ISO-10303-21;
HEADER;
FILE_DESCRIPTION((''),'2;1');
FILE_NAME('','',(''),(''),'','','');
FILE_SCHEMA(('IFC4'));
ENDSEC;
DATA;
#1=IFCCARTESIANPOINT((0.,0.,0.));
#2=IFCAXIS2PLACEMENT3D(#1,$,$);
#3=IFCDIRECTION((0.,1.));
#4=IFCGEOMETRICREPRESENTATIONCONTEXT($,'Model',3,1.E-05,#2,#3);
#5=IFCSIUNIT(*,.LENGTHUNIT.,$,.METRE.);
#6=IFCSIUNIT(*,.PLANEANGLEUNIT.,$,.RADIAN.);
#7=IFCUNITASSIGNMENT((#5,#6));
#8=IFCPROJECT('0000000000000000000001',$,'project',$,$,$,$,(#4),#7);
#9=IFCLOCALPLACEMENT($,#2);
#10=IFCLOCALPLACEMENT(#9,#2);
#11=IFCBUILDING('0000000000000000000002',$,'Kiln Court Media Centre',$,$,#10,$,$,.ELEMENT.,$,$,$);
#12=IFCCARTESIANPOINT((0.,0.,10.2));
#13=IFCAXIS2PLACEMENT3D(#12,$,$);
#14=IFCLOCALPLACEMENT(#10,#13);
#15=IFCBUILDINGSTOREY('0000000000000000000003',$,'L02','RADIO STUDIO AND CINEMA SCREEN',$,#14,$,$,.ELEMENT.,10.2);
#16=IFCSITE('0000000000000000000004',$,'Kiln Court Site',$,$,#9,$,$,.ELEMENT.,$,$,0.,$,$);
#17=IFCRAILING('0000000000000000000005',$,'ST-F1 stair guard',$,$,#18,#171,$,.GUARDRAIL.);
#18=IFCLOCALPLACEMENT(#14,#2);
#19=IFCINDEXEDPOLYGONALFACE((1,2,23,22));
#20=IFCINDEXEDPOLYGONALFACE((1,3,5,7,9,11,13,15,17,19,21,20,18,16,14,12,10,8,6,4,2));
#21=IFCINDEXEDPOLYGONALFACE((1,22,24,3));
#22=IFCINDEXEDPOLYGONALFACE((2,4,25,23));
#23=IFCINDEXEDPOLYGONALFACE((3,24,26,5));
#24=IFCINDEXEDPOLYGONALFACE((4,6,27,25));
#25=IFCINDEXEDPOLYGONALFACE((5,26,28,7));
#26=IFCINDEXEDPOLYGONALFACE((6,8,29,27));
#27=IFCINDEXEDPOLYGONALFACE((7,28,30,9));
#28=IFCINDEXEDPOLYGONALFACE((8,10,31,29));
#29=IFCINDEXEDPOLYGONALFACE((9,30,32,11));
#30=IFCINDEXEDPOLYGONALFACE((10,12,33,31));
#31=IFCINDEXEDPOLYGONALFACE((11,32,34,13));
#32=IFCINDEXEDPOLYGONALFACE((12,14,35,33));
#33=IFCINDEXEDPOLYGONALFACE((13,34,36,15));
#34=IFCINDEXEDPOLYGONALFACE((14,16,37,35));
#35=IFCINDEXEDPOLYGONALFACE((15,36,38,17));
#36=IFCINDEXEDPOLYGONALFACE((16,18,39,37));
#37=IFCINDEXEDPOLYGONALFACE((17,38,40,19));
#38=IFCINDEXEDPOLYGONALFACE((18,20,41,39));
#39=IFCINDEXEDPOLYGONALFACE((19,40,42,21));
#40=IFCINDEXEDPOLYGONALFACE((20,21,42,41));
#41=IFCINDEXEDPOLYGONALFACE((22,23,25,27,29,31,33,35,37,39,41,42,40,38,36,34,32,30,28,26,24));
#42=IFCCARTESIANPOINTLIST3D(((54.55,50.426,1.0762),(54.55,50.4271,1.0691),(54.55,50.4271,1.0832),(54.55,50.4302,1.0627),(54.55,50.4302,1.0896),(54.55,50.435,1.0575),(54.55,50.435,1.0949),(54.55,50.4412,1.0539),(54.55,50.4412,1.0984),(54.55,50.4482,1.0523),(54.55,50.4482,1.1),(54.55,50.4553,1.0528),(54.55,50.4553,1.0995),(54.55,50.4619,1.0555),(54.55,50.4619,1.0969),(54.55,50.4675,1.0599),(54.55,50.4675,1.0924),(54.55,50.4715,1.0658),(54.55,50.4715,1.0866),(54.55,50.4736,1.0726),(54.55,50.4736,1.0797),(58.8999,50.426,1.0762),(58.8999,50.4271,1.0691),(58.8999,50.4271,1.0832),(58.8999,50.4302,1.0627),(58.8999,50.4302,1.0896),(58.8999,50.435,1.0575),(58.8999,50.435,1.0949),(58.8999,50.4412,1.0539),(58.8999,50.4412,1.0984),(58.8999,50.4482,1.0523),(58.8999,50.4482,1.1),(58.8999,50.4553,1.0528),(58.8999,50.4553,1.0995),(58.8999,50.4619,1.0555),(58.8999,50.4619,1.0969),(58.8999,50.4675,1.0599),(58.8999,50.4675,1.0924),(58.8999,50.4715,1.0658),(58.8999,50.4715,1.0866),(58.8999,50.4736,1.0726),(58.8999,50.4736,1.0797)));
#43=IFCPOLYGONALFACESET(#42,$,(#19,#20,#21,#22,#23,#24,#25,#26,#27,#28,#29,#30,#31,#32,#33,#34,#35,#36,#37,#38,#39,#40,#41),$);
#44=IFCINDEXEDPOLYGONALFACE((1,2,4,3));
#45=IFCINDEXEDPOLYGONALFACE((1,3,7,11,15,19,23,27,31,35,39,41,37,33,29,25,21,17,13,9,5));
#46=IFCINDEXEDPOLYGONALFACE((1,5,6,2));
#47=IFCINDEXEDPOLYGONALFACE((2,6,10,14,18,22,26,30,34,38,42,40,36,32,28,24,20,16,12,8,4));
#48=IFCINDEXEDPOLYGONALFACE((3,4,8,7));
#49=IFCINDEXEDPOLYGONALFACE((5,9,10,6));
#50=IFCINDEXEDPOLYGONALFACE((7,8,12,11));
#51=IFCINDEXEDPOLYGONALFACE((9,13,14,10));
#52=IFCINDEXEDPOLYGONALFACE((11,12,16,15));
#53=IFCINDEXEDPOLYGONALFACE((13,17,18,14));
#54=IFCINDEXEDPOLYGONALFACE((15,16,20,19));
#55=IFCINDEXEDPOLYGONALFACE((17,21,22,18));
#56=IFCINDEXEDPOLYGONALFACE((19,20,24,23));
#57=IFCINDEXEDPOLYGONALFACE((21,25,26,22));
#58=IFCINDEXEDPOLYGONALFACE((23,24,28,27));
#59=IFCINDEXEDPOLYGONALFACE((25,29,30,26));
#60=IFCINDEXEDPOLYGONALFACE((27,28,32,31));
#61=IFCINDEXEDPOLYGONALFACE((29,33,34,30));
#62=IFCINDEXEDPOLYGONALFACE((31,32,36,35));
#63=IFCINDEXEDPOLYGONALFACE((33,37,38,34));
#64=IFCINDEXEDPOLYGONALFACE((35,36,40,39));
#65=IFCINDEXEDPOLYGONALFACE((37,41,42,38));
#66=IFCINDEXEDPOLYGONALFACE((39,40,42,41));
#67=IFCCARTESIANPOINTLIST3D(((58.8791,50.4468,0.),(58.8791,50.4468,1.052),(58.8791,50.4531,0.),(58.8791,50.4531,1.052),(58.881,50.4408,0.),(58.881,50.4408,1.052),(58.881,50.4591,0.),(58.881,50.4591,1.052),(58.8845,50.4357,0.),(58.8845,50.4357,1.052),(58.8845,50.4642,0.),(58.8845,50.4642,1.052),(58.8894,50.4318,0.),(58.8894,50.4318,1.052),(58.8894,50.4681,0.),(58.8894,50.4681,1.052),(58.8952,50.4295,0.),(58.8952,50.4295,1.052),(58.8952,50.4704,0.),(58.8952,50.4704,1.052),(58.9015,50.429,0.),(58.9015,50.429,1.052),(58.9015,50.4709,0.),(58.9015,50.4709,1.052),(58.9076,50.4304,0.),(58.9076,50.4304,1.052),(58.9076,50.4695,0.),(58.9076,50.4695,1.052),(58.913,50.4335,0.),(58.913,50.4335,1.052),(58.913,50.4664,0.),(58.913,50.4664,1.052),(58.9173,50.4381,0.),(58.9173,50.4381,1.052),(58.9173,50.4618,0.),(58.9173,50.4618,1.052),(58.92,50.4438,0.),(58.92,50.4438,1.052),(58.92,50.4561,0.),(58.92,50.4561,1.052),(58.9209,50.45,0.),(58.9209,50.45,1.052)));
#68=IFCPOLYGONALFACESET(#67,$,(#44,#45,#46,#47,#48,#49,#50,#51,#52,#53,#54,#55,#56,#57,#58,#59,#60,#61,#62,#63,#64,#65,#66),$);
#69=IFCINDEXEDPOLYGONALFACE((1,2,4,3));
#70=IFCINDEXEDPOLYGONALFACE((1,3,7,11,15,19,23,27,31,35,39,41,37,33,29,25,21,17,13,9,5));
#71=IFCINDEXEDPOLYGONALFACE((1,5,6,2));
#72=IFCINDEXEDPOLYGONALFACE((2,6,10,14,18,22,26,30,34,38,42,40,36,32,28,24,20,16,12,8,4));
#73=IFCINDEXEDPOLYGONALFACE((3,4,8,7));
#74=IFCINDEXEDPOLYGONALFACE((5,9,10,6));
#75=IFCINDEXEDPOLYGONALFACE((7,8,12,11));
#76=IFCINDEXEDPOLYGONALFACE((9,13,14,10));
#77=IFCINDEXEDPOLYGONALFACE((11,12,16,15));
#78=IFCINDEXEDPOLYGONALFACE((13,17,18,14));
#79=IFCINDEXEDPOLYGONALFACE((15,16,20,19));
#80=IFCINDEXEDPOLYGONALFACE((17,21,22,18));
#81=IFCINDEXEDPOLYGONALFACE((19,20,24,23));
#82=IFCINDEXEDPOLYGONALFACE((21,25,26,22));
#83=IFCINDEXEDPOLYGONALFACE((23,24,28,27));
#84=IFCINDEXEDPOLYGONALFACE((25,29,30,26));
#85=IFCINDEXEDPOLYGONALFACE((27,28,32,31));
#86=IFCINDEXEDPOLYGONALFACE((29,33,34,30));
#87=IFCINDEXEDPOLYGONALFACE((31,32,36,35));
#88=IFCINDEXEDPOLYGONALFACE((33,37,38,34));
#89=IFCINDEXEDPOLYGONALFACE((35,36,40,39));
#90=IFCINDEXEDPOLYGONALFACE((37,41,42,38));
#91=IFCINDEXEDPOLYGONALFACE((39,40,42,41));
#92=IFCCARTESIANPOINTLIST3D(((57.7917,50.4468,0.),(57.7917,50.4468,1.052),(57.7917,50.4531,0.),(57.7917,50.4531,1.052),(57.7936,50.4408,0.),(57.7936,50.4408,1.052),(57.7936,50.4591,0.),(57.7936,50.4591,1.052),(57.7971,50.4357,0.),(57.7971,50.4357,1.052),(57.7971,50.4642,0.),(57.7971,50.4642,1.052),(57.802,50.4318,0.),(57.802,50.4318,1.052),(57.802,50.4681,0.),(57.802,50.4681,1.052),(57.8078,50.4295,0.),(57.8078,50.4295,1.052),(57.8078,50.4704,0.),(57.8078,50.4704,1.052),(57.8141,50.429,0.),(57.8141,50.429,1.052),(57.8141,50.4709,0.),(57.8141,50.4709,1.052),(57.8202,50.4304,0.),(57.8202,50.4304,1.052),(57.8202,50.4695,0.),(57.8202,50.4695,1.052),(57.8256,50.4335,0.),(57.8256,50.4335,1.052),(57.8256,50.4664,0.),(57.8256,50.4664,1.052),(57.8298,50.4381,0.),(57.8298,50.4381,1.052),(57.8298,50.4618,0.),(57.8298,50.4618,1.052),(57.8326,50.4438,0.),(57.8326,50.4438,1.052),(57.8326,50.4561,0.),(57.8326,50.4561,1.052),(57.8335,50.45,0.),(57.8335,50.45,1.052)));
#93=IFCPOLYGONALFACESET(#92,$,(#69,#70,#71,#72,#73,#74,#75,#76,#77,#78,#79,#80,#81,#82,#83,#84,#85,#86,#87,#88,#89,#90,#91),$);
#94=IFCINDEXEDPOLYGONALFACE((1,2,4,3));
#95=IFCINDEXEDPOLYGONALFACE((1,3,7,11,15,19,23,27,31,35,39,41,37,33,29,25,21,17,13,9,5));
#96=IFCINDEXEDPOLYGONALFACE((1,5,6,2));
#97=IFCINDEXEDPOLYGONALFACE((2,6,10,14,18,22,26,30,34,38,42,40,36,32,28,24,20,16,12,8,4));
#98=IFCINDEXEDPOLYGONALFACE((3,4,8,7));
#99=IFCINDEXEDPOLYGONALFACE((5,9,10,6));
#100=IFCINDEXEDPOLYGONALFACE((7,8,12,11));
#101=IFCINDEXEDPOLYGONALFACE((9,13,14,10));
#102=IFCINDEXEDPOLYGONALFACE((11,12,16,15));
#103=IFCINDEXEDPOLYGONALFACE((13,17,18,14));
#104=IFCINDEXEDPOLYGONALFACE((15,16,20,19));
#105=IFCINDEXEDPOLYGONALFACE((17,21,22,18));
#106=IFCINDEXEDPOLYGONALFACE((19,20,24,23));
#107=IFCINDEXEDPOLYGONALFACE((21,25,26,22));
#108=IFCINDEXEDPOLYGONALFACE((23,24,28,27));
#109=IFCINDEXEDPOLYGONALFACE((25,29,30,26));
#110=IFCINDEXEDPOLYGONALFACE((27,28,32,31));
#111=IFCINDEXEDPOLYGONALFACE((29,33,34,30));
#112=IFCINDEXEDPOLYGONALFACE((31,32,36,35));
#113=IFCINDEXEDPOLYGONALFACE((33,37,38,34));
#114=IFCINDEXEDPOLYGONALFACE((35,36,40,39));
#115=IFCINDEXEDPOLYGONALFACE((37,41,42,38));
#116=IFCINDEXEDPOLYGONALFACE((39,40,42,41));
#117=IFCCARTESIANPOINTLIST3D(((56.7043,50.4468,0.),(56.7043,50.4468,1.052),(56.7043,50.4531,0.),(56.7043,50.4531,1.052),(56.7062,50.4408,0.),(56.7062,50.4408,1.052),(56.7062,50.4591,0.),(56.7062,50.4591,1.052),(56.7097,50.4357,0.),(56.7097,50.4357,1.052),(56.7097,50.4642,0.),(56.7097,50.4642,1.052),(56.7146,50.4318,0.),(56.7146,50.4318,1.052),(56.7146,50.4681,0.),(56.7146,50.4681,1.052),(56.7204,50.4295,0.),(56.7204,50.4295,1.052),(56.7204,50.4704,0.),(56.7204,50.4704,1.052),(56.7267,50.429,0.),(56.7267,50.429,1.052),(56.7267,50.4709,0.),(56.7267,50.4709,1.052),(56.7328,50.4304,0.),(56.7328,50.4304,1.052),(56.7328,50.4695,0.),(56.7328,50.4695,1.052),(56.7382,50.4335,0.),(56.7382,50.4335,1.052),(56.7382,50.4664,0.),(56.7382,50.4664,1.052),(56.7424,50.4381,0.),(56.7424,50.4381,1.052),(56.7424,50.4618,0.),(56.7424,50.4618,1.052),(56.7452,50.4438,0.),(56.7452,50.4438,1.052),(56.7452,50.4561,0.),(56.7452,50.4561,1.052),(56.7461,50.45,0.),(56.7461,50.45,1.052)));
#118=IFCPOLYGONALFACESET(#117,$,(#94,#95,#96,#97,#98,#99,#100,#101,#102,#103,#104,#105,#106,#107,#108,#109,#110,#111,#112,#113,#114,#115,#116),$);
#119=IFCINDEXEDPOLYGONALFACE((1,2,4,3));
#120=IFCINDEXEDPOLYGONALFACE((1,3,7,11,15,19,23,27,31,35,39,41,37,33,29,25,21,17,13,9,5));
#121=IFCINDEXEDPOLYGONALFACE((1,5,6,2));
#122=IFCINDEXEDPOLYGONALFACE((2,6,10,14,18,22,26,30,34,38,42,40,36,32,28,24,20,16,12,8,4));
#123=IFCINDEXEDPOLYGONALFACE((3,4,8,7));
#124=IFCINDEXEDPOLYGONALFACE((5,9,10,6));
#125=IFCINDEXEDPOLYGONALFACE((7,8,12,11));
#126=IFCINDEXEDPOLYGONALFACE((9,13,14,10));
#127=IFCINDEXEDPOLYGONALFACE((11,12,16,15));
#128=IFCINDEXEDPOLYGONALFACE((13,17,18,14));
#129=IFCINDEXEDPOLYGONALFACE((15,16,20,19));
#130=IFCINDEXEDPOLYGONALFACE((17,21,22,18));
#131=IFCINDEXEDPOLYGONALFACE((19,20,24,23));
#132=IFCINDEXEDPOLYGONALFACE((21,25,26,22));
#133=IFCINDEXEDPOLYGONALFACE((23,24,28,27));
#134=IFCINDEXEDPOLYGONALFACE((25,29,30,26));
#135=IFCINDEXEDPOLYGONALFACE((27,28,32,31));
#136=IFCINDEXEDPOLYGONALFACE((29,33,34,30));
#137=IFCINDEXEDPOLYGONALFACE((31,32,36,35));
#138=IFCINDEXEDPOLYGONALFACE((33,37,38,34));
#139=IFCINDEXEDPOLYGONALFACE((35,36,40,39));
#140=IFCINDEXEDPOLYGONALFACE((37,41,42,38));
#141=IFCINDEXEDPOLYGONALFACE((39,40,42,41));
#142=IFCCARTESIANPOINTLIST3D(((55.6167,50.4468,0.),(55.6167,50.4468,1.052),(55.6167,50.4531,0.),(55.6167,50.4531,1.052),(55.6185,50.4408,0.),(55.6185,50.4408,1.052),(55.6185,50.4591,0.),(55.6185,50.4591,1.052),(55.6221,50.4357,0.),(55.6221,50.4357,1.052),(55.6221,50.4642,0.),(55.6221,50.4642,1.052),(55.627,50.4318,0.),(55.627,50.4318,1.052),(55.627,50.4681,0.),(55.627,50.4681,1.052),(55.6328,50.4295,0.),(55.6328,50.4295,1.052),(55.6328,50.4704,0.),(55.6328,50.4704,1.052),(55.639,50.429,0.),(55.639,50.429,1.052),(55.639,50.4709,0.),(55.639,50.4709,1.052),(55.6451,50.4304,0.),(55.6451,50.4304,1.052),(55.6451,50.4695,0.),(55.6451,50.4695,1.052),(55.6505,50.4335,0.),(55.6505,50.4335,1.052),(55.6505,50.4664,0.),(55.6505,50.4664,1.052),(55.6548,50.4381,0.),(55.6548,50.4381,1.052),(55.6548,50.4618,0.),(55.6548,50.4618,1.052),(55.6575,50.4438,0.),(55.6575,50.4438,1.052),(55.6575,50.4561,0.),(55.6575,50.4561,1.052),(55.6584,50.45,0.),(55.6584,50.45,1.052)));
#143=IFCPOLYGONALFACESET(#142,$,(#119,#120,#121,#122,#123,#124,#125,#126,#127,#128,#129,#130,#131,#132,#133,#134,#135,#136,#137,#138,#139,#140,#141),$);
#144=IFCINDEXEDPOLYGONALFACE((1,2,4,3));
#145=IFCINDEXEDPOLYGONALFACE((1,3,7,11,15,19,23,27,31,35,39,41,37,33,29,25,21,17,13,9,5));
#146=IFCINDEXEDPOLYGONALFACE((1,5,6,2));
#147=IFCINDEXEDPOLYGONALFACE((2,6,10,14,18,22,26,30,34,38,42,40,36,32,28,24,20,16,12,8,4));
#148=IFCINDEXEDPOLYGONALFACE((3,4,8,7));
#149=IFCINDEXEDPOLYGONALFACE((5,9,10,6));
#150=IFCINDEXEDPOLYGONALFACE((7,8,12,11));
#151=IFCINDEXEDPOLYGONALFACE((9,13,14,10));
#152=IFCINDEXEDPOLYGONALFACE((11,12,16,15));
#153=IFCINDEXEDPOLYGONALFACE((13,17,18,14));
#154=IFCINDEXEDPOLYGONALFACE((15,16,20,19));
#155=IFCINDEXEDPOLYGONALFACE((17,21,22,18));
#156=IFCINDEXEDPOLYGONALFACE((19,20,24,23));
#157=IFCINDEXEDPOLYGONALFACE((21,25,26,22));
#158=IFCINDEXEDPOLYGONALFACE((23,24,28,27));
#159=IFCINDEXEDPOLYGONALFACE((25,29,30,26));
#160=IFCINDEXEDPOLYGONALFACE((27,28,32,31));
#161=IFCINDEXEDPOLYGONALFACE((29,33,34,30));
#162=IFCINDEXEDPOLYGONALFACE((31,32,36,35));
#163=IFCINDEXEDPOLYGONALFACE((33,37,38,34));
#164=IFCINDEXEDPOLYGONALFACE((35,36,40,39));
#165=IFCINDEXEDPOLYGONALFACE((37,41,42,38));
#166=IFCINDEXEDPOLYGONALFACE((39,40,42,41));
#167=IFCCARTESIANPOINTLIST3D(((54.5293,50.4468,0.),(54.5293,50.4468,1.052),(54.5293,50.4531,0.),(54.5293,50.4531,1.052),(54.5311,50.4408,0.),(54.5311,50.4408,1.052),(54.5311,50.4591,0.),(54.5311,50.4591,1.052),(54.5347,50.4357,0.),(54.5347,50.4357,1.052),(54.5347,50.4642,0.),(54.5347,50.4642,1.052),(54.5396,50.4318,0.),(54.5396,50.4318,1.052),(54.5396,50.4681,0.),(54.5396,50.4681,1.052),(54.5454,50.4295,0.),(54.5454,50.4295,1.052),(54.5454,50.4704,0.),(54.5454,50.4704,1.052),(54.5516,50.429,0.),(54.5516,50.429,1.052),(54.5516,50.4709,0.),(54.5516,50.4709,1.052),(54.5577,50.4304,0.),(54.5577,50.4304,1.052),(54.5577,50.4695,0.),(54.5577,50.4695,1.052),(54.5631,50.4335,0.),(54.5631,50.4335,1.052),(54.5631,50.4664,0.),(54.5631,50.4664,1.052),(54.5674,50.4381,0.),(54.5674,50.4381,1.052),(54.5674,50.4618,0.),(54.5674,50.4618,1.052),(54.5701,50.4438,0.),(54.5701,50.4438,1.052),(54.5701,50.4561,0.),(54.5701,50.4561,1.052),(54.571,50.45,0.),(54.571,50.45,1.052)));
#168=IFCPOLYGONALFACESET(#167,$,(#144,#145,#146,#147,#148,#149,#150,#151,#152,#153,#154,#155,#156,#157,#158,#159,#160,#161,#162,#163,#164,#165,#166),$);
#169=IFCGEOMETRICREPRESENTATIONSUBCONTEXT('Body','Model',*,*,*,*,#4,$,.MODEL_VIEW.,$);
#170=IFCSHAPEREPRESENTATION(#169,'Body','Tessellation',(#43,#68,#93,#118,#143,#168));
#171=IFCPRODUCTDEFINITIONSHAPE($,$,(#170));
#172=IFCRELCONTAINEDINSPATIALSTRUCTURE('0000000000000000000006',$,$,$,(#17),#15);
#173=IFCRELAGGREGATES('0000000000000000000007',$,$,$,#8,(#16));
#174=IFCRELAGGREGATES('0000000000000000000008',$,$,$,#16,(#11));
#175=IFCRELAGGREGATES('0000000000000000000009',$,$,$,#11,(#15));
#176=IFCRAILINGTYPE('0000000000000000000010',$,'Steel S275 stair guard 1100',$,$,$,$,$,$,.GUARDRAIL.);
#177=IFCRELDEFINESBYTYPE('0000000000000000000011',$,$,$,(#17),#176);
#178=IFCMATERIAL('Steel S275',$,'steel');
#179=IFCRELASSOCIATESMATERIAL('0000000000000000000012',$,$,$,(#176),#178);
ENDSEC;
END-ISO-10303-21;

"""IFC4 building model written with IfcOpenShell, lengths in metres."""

from ifc_helpers import new_model, si_unit, direction, frame, origin, origin_2d, place, context, subcontext, project, spatial, circle, extrude, material, type_object, element, save


model = new_model("IFC4")

# Units and contexts
model_context = context("Model", 3, precision=1e-05, world=origin(), true_north=direction((0.0, 1.0)))
body_context = subcontext(model_context, "Body", "Model", "MODEL_VIEW")
ifc_project = project(units=[si_unit("LENGTHUNIT", "METRE"), si_unit("PLANEANGLEUNIT", "RADIAN")], contexts=[model_context])

# Site, building, storey
site_placement = place(None, origin())
site = spatial("IfcSite", under=ifc_project, at=site_placement, Name="Kiln Court Site", CompositionType="ELEMENT", RefElevation=0.0)
building_placement = place(site_placement, origin())
building = spatial("IfcBuilding", under=site, at=building_placement, Name="Kiln Court Media Centre", CompositionType="ELEMENT")
storey_placement = place(building_placement, frame((0.0, 0.0, 10.2)))
storey = spatial("IfcBuildingStorey", under=building, at=storey_placement, Name="L02", Description="RADIO STUDIO AND CINEMA SCREEN", CompositionType="ELEMENT", Elevation=10.2)

# Railing
ifc_material_1 = material(Name="Steel S275", Category="steel")
railing_type = type_object("IfcRailingType", Name="Steel S275 stair guard 1100", PredefinedType="GUARDRAIL", material=ifc_material_1)
railing_1_placement = place(storey_placement, frame((58.8999, 50.45, 0.0)))
element("IfcRailing", 1, at=railing_1_placement, inside=storey, type_object=railing_type, Name="ST-F1 stair guard", PredefinedType="GUARDRAIL", context=body_context, shape_type="SweptSolid", body=[
    extrude(circle(Radius=0.0239, at=origin_2d()), frame((0.0, 0.0, 1.0762), z_axis=(-1.0, 0.0, 0.0), x_axis=(0.0, -1.0, 0.0)), (0.0, 0.0, 1.0), 4.3499),
    extrude(circle(Radius=0.021, at=origin_2d()), origin(), (0.0, 0.0, 1.0), 1.052),
    extrude(circle(Radius=0.021, at=origin_2d()), frame((-1.0874, 0.0, 0.0)), (0.0, 0.0, 1.0), 1.052),
    extrude(circle(Radius=0.021, at=origin_2d()), frame((-2.1748, 0.0, 0.0)), (0.0, 0.0, 1.0), 1.052),
    extrude(circle(Radius=0.021, at=origin_2d()), frame((-3.2625, 0.0, 0.0)), (0.0, 0.0, 1.0), 1.052),
    extrude(circle(Radius=0.021, at=origin_2d()), frame((-4.3499, 0.0, 0.0)), (0.0, 0.0, 1.0), 1.052),
])

save(model, "model.ifc")
